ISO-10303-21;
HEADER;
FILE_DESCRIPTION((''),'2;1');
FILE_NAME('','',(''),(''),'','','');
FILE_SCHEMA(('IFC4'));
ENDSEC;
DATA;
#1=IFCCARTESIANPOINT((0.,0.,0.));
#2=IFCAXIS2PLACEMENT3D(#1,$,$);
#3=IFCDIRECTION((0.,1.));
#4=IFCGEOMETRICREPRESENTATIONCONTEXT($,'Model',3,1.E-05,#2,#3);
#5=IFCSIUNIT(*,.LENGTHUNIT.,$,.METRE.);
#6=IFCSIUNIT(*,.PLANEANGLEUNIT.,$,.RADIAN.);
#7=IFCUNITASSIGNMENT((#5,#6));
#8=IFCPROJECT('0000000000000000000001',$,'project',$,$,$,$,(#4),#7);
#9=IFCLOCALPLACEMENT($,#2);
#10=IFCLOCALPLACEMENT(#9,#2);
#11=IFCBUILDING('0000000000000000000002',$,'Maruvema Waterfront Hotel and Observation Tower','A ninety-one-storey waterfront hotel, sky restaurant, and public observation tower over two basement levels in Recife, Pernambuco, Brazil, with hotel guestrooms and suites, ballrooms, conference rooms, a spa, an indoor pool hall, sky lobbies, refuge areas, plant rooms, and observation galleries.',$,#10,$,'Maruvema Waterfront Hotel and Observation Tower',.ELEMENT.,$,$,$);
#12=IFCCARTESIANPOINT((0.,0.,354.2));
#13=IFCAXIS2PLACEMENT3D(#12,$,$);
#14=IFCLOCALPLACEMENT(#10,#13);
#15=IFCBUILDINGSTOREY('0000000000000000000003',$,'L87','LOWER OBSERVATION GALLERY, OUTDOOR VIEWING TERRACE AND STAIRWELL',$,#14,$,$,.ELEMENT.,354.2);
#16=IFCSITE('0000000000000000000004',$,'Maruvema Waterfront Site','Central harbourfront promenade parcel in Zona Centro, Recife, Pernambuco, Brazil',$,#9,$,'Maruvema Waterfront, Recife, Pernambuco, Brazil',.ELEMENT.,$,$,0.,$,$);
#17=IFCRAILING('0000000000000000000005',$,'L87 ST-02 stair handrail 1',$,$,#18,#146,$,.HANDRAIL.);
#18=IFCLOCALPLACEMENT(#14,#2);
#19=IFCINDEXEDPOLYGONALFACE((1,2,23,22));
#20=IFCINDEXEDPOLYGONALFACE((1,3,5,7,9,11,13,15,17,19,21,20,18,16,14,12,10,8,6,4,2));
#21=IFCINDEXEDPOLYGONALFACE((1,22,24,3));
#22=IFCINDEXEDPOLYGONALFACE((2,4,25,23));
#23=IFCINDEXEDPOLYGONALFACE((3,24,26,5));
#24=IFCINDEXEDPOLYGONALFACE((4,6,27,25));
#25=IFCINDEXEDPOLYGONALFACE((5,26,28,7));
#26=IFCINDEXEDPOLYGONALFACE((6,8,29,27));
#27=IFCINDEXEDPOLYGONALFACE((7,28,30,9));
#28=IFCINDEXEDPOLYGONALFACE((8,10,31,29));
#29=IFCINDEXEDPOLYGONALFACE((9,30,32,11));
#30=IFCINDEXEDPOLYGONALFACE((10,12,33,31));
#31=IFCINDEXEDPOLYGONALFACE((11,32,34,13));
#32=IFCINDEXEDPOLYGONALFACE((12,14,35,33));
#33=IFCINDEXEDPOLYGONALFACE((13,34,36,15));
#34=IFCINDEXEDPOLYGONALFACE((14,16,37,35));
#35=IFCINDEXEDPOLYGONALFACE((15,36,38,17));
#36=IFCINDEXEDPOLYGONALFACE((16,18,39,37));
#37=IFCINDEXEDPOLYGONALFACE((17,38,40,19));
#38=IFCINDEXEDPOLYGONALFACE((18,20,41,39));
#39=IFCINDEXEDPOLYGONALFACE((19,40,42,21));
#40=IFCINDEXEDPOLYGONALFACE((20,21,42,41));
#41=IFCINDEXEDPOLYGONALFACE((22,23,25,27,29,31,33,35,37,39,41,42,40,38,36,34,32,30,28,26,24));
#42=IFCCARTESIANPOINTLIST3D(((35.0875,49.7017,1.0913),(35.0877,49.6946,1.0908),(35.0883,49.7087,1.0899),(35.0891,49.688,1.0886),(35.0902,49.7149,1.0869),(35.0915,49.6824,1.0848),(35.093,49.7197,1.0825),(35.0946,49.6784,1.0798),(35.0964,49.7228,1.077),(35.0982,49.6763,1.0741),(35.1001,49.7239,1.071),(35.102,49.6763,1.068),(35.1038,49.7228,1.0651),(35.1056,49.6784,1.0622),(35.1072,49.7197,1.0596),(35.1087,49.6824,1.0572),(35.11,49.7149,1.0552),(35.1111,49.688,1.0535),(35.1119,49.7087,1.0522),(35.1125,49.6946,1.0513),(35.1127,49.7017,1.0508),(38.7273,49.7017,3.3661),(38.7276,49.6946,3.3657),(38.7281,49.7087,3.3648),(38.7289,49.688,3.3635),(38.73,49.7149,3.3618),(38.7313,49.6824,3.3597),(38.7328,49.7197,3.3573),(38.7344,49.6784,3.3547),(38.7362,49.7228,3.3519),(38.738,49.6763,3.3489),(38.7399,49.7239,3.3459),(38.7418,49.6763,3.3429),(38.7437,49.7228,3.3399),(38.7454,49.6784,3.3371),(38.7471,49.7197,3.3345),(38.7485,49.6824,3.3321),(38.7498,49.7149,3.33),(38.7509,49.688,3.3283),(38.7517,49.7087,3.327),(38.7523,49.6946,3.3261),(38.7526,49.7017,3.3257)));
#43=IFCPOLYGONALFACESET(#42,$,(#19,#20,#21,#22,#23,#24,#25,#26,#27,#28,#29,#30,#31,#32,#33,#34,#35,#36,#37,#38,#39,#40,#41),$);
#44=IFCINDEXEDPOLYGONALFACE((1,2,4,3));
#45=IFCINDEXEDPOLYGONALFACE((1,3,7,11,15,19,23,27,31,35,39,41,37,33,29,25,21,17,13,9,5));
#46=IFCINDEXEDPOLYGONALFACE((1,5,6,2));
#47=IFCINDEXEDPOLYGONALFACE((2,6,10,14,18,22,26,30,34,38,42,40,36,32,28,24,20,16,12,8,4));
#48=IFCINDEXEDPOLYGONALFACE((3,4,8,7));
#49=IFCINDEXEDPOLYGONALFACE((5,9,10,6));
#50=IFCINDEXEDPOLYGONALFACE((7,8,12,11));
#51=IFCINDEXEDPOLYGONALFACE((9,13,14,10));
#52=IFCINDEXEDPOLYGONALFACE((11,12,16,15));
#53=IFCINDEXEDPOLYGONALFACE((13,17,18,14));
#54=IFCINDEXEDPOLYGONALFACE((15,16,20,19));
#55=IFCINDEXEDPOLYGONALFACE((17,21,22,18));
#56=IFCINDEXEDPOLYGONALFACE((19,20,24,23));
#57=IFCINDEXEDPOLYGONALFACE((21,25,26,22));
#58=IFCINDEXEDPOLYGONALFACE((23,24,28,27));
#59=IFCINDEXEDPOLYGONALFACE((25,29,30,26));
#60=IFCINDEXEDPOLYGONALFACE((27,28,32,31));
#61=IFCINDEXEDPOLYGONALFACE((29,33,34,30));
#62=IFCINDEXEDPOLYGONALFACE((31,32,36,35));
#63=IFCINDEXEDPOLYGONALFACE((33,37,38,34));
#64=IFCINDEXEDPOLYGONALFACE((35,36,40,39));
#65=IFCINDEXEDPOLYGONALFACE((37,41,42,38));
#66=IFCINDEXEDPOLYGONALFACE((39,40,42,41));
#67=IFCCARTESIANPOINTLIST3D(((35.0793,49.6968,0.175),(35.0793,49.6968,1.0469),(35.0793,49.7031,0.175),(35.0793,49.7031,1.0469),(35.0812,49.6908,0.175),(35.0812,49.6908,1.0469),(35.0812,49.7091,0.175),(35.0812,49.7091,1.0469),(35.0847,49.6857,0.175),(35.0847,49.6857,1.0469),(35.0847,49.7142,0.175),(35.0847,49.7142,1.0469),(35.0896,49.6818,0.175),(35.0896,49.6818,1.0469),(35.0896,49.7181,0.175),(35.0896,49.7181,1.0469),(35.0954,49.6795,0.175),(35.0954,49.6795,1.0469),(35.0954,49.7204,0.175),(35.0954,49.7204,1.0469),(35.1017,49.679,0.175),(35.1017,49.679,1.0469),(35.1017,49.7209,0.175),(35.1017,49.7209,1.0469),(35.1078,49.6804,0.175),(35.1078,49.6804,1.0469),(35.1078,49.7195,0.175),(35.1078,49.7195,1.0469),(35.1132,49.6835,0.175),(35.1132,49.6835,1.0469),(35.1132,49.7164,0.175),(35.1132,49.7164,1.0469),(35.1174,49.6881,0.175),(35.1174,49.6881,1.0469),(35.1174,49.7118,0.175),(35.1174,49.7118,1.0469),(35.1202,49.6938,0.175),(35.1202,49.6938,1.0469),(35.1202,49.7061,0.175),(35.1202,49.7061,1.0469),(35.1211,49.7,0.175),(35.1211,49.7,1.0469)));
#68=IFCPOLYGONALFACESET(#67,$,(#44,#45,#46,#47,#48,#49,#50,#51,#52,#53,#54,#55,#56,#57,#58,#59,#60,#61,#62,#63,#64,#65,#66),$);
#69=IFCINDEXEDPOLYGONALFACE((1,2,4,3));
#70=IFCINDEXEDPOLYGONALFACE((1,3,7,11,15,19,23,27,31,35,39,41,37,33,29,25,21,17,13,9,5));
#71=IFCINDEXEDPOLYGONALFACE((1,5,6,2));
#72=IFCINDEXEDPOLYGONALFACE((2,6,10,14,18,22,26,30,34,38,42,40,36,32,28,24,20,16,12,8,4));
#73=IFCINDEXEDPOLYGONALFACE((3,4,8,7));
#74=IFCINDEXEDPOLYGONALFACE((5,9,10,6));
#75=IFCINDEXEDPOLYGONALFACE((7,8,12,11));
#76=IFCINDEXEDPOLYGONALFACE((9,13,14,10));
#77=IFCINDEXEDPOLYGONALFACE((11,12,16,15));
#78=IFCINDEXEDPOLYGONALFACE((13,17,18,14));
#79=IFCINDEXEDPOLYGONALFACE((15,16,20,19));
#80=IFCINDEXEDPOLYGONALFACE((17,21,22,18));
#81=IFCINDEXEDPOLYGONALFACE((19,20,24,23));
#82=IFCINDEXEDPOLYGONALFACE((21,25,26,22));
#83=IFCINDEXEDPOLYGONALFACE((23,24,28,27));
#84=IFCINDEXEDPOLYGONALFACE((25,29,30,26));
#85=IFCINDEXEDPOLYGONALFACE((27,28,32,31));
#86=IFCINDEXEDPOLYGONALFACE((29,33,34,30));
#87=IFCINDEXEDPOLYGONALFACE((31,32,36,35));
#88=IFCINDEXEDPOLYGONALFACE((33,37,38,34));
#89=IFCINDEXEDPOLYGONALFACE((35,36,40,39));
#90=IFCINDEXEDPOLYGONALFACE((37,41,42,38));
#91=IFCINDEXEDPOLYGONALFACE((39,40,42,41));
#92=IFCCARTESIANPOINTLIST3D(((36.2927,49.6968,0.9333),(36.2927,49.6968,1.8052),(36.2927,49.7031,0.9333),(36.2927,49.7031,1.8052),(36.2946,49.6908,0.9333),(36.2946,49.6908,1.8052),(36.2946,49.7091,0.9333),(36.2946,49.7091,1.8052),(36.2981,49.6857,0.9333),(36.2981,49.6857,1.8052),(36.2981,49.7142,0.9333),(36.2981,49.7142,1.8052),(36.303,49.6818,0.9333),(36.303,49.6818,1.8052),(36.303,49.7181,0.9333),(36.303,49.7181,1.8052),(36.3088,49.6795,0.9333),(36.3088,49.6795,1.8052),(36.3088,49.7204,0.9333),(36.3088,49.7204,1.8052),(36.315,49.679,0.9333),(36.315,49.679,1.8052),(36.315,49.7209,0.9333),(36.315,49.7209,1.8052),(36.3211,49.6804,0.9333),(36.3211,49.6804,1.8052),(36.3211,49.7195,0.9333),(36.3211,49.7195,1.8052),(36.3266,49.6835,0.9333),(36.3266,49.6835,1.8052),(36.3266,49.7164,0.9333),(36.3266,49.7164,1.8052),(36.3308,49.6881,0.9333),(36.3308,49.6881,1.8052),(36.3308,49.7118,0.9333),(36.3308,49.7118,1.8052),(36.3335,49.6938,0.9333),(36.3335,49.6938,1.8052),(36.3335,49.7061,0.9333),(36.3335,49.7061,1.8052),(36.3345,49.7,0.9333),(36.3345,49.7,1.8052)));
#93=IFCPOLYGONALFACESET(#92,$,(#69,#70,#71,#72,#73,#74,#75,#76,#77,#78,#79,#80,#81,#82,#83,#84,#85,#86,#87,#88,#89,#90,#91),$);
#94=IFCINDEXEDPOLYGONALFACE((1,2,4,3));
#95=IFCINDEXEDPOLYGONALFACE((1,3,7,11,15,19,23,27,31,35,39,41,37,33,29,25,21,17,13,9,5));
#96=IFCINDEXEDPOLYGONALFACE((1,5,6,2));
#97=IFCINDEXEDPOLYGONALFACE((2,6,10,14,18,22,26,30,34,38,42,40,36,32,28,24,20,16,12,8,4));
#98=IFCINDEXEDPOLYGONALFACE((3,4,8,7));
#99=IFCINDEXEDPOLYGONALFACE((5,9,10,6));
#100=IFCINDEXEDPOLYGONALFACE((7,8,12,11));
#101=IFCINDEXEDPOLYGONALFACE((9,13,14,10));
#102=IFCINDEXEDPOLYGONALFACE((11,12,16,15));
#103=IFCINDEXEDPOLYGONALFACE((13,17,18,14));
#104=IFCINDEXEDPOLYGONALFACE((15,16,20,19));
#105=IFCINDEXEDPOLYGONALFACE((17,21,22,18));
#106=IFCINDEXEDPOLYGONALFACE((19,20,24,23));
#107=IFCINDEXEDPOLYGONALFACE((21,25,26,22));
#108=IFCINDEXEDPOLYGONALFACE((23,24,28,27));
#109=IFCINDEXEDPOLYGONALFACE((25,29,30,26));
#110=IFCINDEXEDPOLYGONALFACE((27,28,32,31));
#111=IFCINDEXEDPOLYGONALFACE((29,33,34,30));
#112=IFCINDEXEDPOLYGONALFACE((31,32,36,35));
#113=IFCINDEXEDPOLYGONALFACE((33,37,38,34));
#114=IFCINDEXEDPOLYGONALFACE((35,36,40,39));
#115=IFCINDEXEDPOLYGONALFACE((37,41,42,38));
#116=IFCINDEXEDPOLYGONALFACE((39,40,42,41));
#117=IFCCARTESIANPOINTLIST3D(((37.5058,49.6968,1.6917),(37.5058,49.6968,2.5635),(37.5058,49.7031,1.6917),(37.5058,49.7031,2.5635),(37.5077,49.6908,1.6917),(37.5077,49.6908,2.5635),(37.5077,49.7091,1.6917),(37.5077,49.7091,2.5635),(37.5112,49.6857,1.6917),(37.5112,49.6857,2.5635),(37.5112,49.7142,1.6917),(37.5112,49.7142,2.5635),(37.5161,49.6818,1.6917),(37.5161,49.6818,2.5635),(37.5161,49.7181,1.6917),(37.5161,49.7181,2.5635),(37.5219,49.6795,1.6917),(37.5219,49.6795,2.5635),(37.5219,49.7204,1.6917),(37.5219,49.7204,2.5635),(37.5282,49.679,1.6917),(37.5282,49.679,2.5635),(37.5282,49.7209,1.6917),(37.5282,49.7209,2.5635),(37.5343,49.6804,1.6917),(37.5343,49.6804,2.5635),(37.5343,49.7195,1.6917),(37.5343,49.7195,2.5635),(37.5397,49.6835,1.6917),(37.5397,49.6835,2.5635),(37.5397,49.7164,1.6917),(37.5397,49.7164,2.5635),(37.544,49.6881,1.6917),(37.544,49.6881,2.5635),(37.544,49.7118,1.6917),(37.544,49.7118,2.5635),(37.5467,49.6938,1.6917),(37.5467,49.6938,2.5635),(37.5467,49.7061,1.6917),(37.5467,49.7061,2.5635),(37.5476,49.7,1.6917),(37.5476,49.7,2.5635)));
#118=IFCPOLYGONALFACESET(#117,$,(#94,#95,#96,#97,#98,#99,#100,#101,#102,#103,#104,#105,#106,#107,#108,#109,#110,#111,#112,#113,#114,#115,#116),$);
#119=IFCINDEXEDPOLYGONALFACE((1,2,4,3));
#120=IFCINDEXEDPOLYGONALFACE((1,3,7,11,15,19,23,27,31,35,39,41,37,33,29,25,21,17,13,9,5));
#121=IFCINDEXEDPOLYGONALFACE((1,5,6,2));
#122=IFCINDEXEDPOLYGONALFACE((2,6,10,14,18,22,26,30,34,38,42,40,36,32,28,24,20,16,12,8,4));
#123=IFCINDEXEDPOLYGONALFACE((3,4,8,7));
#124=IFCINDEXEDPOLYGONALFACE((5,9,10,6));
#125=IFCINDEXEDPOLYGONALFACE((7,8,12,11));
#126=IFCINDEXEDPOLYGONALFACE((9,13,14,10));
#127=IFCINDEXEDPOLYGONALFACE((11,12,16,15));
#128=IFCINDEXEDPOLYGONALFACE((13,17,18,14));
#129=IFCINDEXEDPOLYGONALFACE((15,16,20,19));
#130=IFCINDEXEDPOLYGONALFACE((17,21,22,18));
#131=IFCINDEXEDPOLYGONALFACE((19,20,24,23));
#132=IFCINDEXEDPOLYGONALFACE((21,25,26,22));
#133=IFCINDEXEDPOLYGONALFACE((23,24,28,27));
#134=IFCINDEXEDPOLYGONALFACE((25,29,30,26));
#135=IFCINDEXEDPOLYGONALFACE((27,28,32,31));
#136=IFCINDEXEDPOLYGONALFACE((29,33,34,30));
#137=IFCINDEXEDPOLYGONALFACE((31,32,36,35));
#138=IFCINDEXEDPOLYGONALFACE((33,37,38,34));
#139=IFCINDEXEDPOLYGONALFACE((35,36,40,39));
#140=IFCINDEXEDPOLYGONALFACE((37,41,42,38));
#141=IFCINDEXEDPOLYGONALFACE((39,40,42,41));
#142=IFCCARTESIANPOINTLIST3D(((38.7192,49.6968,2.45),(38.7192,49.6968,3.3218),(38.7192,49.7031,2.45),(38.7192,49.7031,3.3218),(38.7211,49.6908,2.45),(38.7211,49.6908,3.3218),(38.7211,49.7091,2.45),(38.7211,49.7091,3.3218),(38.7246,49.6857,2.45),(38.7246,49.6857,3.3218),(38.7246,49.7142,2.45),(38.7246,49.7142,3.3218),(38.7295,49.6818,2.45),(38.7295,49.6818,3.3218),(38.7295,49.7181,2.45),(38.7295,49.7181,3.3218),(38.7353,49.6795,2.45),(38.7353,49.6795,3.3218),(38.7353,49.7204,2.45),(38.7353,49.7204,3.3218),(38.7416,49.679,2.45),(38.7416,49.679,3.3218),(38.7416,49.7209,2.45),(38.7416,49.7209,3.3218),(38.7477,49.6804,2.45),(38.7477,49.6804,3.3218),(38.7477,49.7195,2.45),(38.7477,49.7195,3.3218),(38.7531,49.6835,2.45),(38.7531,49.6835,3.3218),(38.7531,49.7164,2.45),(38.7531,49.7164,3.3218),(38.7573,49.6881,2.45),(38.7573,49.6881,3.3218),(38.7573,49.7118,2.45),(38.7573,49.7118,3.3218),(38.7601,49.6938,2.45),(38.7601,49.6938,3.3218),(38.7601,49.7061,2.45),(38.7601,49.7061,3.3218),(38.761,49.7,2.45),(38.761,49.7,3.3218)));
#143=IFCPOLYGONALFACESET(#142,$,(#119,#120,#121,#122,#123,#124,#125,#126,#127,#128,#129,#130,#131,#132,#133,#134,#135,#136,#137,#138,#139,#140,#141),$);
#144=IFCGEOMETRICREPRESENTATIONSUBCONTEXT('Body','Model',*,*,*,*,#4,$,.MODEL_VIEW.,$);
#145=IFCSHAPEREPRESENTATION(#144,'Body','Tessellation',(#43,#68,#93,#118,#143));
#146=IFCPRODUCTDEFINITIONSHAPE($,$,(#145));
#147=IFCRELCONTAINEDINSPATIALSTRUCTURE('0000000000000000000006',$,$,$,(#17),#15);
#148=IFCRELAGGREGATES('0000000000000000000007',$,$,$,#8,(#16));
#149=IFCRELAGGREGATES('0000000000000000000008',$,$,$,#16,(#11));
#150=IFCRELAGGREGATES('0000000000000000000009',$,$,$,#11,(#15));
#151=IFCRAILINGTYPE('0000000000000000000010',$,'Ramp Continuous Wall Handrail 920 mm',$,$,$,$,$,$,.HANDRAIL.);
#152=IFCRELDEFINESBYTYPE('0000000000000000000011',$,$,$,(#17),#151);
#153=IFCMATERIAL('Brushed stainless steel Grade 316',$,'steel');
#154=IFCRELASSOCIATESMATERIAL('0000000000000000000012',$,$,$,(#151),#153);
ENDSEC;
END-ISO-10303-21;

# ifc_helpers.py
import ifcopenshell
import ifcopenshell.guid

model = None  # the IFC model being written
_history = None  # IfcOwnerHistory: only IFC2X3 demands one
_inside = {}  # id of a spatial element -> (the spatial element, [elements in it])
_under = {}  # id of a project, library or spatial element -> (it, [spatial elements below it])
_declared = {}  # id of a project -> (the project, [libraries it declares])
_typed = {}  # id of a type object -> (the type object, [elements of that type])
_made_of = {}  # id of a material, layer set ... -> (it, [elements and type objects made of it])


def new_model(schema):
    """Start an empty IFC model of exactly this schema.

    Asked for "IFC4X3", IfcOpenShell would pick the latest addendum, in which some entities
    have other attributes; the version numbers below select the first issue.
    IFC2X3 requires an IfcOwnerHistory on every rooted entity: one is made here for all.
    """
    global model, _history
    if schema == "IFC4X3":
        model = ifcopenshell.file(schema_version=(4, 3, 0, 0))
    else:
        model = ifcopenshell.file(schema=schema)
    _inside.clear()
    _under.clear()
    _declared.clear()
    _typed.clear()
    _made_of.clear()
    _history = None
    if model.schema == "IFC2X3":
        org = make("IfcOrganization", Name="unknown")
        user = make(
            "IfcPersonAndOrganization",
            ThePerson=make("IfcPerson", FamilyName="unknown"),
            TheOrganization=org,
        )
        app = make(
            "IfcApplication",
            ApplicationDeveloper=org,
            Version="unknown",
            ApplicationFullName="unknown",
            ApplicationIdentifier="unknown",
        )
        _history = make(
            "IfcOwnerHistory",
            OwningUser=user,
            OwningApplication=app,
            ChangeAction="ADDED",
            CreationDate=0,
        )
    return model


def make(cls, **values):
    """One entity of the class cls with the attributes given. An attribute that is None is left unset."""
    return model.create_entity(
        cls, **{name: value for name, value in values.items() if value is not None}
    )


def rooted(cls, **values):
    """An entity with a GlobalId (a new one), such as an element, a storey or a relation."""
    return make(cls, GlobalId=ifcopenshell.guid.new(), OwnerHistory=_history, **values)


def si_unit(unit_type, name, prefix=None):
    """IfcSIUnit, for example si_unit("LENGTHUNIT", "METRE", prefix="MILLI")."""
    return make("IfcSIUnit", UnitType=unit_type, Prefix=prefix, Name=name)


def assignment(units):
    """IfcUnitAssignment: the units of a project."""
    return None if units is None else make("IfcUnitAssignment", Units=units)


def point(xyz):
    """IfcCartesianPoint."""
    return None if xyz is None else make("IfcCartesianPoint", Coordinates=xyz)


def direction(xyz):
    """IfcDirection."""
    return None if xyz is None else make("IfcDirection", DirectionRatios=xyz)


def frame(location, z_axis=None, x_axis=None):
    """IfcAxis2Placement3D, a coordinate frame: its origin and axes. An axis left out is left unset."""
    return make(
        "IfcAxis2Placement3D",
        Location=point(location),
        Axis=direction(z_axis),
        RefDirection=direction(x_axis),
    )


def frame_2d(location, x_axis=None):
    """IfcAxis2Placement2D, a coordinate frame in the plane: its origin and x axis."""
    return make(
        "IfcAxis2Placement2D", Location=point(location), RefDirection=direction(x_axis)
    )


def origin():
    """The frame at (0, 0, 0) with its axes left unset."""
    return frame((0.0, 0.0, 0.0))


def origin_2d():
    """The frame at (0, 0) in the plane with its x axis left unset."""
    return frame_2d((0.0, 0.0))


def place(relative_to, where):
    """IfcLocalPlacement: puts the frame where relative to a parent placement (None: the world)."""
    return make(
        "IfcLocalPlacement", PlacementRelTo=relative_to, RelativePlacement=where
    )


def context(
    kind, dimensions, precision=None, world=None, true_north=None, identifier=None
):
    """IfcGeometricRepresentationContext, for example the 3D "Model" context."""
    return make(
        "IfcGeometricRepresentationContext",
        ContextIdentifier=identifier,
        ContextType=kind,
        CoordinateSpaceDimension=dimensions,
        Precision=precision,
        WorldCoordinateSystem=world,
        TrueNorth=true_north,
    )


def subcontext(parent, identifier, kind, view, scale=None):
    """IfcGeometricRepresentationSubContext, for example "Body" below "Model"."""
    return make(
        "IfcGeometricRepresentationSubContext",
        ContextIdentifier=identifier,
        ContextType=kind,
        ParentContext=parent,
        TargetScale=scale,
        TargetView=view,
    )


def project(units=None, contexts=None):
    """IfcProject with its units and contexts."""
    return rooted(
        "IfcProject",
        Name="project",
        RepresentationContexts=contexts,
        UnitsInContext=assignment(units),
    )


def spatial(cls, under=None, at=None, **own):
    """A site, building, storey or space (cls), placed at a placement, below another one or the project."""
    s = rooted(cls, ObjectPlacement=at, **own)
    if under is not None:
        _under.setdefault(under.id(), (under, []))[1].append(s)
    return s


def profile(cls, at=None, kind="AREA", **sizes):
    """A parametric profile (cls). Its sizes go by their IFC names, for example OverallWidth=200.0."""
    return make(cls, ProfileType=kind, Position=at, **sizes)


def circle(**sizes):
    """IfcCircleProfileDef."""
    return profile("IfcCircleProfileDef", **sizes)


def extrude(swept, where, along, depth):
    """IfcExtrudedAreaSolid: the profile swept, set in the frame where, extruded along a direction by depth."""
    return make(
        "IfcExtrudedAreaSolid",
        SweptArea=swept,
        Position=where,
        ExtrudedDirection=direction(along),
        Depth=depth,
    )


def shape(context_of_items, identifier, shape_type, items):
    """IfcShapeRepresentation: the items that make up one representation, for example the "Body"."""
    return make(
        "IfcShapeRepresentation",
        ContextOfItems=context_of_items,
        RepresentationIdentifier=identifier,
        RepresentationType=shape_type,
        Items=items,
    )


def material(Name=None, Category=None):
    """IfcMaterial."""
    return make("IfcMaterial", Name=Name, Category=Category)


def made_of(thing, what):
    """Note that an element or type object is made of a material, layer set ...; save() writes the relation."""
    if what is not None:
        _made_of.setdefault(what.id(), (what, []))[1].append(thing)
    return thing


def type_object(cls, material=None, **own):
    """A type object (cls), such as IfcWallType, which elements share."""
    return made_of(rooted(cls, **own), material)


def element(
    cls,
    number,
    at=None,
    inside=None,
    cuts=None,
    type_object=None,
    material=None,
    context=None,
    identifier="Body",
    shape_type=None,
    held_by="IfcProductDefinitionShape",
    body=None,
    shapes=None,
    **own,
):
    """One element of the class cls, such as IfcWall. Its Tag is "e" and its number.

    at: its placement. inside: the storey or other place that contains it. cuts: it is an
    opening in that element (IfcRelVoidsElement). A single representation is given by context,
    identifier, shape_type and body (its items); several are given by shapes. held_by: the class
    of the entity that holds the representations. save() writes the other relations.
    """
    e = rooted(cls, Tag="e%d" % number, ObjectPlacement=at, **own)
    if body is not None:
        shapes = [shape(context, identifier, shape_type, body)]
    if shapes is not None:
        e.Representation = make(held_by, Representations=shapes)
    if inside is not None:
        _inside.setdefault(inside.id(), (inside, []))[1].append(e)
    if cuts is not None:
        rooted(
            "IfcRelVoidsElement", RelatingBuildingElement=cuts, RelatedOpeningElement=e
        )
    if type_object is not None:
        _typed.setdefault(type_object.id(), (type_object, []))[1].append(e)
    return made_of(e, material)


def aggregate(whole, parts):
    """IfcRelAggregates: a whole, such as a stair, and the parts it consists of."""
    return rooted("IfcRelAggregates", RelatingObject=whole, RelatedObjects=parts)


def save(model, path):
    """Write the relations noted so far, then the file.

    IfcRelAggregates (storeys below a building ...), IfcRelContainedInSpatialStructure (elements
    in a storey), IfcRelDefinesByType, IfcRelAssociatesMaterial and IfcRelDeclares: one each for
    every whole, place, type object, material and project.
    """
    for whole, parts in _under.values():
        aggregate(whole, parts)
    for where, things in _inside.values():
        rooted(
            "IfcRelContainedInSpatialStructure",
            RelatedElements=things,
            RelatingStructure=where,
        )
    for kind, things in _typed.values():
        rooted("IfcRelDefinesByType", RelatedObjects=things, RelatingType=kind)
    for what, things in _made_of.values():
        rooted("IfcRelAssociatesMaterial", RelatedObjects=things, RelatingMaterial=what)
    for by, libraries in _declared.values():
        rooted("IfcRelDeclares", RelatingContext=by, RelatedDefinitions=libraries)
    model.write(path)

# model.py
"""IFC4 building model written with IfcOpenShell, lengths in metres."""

from ifc_helpers import new_model, si_unit, direction, frame, origin, origin_2d, place, context, subcontext, project, spatial, circle, extrude, material, type_object, element, save


model = new_model("IFC4")

# Units and contexts
model_context = context("Model", 3, precision=1e-05, world=origin(), true_north=direction((0.0, 1.0)))
body_context = subcontext(model_context, "Body", "Model", "MODEL_VIEW")
ifc_project = project(units=[si_unit("LENGTHUNIT", "METRE"), si_unit("PLANEANGLEUNIT", "RADIAN")], contexts=[model_context])

# Site, building, storey
site_placement = place(None, origin())
site = spatial("IfcSite", under=ifc_project, at=site_placement, Name="Maruvema Waterfront Site", Description="Central harbourfront promenade parcel in Zona Centro, Recife, Pernambuco, Brazil", LongName="Maruvema Waterfront, Recife, Pernambuco, Brazil", CompositionType="ELEMENT", RefElevation=0.0)
building_placement = place(site_placement, origin())
building = spatial("IfcBuilding", under=site, at=building_placement, Name="Maruvema Waterfront Hotel and Observation Tower", Description="A ninety-one-storey waterfront hotel, sky restaurant, and public observation tower over two basement levels in Recife, Pernambuco, Brazil, with hotel guestrooms and suites, ballrooms, conference rooms, a spa, an indoor pool hall, sky lobbies, refuge areas, plant rooms, and observation galleries.", LongName="Maruvema Waterfront Hotel and Observation Tower", CompositionType="ELEMENT")
storey_placement = place(building_placement, frame((0.0, 0.0, 354.2)))
storey = spatial("IfcBuildingStorey", under=building, at=storey_placement, Name="L87", Description="LOWER OBSERVATION GALLERY, OUTDOOR VIEWING TERRACE AND STAIRWELL", CompositionType="ELEMENT", Elevation=354.2)

# Railing
ifc_material_1 = material(Name="Brushed stainless steel Grade 316", Category="steel")
railing_type_1 = type_object("IfcRailingType", Name="Ramp Continuous Wall Handrail 920 mm", PredefinedType="HANDRAIL", material=ifc_material_1)
railing_1_placement = place(storey_placement, frame((35.1001, 49.7, 0.175)))
element("IfcRailing", 1, at=railing_1_placement, inside=storey, type_object=railing_type_1, Name="L87 ST-02 stair handrail 1", PredefinedType="HANDRAIL", context=body_context, shape_type="SweptSolid", body=[
    extrude(circle(Radius=0.0239, at=origin_2d()), frame((0.0, 0.0, 0.896), z_axis=(0.848001, 0.0, 0.529994), x_axis=(0.0, 1.0, 0.0)), (0.0, 0.0, 1.0), 4.2922),
    extrude(circle(Radius=0.021, at=origin_2d()), origin(), (0.0, 0.0, 1.0), 0.8718),
    extrude(circle(Radius=0.021, at=origin_2d()), frame((1.2134, 0.0, 0.7583)), (0.0, 0.0, 1.0), 0.8718),
    extrude(circle(Radius=0.021, at=origin_2d()), frame((2.4265, 0.0, 1.5166)), (0.0, 0.0, 1.0), 0.8718),
    extrude(circle(Radius=0.021, at=origin_2d()), frame((3.6399, 0.0, 2.2749)), (0.0, 0.0, 1.0), 0.8718),
])

save(model, "model.ifc")
